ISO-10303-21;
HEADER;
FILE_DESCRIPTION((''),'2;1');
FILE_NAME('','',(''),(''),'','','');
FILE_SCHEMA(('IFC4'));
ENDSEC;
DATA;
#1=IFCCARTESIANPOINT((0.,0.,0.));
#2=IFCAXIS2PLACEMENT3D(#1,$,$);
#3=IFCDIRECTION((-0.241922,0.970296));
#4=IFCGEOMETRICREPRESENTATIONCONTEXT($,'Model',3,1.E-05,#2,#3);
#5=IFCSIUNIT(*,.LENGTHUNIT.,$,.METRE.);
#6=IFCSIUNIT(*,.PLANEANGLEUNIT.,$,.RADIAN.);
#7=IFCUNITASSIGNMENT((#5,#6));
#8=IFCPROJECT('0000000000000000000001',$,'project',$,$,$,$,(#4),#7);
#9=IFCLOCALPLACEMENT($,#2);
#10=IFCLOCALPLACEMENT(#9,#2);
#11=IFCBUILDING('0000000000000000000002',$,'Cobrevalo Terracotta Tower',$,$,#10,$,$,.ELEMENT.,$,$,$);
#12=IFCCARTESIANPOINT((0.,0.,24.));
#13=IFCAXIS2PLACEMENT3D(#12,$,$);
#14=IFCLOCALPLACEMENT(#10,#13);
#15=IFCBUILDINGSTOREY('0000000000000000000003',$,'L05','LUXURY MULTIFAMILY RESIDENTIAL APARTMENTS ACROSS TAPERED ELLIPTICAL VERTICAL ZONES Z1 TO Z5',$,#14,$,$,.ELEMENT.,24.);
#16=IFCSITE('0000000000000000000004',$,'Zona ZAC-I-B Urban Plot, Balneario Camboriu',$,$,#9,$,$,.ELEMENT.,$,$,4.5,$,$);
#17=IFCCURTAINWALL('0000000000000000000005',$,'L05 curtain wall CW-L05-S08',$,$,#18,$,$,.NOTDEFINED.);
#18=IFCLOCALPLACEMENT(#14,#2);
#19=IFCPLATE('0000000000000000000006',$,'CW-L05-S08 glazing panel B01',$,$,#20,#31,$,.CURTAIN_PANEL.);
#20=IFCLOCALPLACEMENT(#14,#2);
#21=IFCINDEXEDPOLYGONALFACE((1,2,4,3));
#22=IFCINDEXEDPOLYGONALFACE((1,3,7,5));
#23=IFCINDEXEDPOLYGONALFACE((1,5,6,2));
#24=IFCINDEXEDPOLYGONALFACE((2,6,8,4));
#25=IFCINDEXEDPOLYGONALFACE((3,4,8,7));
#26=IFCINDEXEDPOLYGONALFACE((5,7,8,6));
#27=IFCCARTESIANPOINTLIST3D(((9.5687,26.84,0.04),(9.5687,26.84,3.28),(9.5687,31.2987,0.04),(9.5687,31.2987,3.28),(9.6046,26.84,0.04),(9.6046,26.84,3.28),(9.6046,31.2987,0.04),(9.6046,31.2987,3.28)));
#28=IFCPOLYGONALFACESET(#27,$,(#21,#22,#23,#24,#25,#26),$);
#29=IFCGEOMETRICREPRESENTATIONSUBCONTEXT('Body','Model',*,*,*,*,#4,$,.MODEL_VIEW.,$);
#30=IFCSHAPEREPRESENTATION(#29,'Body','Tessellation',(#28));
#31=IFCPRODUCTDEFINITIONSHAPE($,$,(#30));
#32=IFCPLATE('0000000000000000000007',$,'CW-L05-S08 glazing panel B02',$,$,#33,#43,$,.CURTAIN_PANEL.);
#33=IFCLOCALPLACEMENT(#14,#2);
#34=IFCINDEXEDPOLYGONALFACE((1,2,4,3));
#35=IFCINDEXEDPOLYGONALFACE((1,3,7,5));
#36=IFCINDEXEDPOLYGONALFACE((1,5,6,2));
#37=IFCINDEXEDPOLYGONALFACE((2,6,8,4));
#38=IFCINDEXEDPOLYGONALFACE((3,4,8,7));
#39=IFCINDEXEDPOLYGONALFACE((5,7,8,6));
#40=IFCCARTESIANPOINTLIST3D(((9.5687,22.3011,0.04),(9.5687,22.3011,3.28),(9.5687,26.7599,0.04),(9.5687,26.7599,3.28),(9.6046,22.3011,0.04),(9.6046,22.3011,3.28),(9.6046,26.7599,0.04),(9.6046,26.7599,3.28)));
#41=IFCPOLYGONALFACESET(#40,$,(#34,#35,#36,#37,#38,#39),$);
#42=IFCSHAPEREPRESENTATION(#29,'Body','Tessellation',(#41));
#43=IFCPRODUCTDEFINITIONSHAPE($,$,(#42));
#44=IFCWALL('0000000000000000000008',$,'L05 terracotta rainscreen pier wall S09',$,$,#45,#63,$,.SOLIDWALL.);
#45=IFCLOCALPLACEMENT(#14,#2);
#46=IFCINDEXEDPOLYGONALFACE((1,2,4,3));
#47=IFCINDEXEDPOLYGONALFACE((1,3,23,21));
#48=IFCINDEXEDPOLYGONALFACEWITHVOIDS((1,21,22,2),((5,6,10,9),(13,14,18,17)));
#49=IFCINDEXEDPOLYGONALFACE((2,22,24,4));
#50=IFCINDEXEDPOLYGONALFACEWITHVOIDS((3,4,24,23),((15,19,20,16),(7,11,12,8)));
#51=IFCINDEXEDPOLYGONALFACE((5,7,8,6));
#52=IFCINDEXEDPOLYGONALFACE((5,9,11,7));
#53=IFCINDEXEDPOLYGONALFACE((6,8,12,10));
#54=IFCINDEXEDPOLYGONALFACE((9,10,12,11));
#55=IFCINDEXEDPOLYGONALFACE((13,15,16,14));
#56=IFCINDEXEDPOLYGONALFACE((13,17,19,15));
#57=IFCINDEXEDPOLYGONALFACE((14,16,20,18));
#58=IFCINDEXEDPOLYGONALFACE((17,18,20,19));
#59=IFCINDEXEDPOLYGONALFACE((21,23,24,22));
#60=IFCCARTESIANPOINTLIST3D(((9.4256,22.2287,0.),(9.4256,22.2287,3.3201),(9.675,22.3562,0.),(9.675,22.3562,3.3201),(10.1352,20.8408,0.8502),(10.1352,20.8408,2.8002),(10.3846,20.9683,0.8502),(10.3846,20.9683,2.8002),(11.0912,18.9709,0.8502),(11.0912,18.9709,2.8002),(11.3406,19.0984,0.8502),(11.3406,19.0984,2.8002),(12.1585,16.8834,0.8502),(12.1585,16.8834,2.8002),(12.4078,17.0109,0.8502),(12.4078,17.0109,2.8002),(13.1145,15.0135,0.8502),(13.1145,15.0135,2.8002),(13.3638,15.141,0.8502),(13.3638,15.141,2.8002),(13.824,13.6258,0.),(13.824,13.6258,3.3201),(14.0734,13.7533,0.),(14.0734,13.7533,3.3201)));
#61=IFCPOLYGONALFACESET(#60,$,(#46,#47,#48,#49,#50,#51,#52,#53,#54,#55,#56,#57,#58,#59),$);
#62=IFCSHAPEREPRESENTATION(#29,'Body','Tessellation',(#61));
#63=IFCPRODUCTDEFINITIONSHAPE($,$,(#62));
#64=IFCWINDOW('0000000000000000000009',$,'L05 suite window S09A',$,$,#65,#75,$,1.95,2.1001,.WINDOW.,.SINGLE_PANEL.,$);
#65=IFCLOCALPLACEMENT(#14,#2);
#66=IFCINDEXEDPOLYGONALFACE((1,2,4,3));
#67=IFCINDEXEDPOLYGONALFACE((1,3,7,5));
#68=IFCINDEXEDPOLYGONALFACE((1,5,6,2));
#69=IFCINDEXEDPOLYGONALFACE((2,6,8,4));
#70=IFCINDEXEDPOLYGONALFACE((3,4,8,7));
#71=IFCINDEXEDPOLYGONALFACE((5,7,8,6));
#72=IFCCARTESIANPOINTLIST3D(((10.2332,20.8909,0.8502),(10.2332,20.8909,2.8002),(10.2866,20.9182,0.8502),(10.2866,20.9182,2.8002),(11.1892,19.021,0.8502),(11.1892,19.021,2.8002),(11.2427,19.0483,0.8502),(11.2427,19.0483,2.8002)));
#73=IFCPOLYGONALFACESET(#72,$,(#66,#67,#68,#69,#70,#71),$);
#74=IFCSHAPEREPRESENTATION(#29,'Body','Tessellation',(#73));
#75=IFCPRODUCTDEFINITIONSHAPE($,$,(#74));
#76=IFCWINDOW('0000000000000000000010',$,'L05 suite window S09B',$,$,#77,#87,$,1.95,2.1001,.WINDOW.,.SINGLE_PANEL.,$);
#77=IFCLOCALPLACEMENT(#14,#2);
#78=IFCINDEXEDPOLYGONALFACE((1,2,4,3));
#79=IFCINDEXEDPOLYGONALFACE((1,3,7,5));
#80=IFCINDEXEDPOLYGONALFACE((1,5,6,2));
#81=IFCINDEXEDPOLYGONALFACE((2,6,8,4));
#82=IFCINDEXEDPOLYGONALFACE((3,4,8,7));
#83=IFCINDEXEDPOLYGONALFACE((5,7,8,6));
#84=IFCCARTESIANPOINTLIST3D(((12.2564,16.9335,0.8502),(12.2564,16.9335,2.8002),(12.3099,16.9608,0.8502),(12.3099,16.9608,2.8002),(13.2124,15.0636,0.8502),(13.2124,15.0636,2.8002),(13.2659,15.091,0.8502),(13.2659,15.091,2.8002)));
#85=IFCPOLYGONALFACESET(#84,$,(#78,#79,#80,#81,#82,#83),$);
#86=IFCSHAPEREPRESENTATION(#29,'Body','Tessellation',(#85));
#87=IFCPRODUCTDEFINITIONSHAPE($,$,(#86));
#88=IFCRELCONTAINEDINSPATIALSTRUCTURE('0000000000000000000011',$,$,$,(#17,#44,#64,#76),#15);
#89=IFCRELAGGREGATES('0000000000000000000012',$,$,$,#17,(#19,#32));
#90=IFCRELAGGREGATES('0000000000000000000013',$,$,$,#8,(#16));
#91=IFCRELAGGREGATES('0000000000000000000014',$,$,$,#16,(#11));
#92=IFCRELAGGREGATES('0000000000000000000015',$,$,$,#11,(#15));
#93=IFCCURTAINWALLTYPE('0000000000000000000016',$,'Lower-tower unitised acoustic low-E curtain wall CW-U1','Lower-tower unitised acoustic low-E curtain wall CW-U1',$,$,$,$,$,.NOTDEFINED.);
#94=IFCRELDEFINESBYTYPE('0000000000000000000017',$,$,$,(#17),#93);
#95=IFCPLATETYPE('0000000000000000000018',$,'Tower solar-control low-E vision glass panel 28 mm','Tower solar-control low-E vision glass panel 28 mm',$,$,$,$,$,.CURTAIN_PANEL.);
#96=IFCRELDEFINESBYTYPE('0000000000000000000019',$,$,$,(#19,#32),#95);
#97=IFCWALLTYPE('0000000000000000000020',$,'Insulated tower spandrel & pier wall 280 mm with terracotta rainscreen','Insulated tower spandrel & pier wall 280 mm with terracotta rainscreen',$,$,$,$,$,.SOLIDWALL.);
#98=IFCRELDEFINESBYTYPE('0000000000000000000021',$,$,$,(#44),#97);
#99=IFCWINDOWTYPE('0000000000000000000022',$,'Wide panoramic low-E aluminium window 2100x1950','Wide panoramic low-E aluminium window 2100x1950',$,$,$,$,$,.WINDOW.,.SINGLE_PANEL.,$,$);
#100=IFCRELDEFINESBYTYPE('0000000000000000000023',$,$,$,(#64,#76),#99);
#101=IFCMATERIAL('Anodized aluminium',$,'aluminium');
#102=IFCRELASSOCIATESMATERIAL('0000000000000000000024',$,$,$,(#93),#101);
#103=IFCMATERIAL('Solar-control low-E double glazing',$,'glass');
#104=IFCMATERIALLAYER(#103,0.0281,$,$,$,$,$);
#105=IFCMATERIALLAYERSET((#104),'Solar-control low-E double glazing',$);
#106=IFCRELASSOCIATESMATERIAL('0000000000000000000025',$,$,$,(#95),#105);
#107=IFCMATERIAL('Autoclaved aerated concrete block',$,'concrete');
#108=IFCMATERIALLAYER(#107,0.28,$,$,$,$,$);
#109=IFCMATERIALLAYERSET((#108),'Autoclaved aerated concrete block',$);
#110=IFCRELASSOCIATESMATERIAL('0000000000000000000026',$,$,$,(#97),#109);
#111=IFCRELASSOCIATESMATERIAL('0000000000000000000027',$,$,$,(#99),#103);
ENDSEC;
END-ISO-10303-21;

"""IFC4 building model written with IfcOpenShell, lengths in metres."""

from ifc_helpers import new_model, si_unit, direction, frame, frame_2d, origin, origin_2d, place, context, subcontext, project, spatial, rectangle, extrude, source, transform, mapped, material, layer, layer_set, type_object, element, fill, aggregate, save


model = new_model("IFC4")

# Units and contexts
model_context = context("Model", 3, precision=1e-05, world=origin(), true_north=direction((-0.241922, 0.970296)))
body_context = subcontext(model_context, "Body", "Model", "MODEL_VIEW")
ifc_project = project(units=[si_unit("LENGTHUNIT", "METRE"), si_unit("PLANEANGLEUNIT", "RADIAN")], contexts=[model_context])

# Site, building, storey
site_placement = place(None, origin())
site = spatial("IfcSite", under=ifc_project, at=site_placement, Name="Zona ZAC-I-B Urban Plot, Balneario Camboriu", CompositionType="ELEMENT", RefElevation=4.5)
building_placement = place(site_placement, origin())
building = spatial("IfcBuilding", under=site, at=building_placement, Name="Cobrevalo Terracotta Tower", CompositionType="ELEMENT")
storey_placement = place(building_placement, frame((0.0, 0.0, 24.0)))
storey = spatial("IfcBuildingStorey", under=building, at=storey_placement, Name="L05", Description="LUXURY MULTIFAMILY RESIDENTIAL APARTMENTS ACROSS TAPERED ELLIPTICAL VERTICAL ZONES Z1 TO Z5", CompositionType="ELEMENT", Elevation=24.0)

# Curtain wall, plates
ifc_material_1 = material(Name="Anodized aluminium", Category="aluminium")
curtain_wall_type = type_object("IfcCurtainWallType", Name="Lower-tower unitised acoustic low-E curtain wall CW-U1", Description="Lower-tower unitised acoustic low-E curtain wall CW-U1", PredefinedType="NOTDEFINED", material=ifc_material_1)
curtain_wall_placement = place(storey_placement, origin())
curtain_wall = element("IfcCurtainWall", 1, at=curtain_wall_placement, inside=storey, type_object=curtain_wall_type, Name="L05 curtain wall CW-L05-S08", PredefinedType="NOTDEFINED")
ifc_material_2 = material(Name="Solar-control low-E double glazing", Category="glass")
ifc_layer_1 = layer(ifc_material_2, 0.0281)
ifc_layer_set_1 = layer_set([ifc_layer_1], Name="Solar-control low-E double glazing")
plate_type = type_object("IfcPlateType", Name="Tower solar-control low-E vision glass panel 28 mm", Description="Tower solar-control low-E vision glass panel 28 mm", PredefinedType="CURTAIN_PANEL", material=ifc_layer_set_1)
shared_shape_1 = source(origin(), body_context, "Body", "SweptSolid", [
    extrude(rectangle(XDim=4.4587, YDim=0.0359, at=origin_2d()), origin(), (0.0, 0.0, 1.0), 3.24),
])
plate_1_placement = place(storey_placement, frame((9.5867, 29.0693, 0.04), z_axis=(0.0, 0.0, 1.0), x_axis=(0.0, -1.0, 0.0)))
plate_1 = element("IfcPlate", 2, at=plate_1_placement, type_object=plate_type, Name="CW-L05-S08 glazing panel B01", PredefinedType="CURTAIN_PANEL", context=body_context, shape_type="MappedRepresentation", body=[
    mapped(shared_shape_1, transform((0.0, 0.0, 0.0), scale=1.0)),
])
plate_2_placement = place(storey_placement, frame((9.5867, 24.5305, 0.04), z_axis=(0.0, 0.0, 1.0), x_axis=(0.0, -1.0, 0.0)))
plate_2 = element("IfcPlate", 3, at=plate_2_placement, type_object=plate_type, Name="CW-L05-S08 glazing panel B02", PredefinedType="CURTAIN_PANEL", context=body_context, shape_type="MappedRepresentation", body=[
    mapped(shared_shape_1, transform((0.0, 0.0, 0.0), scale=1.0)),
])
aggregate(curtain_wall, [plate_1, plate_2])

# Wall, openings, windows
ifc_material_3 = material(Name="Autoclaved aerated concrete block", Category="concrete")
ifc_layer_2 = layer(ifc_material_3, 0.28)
ifc_layer_set_2 = layer_set([ifc_layer_2], Name="Autoclaved aerated concrete block")
wall_type = type_object("IfcWallType", Name="Insulated tower spandrel & pier wall 280 mm with terracotta rainscreen", Description="Insulated tower spandrel & pier wall 280 mm with terracotta rainscreen", PredefinedType="SOLIDWALL", material=ifc_layer_set_2)
wall_placement = place(storey_placement, frame((9.5503, 22.2925, 0.0), z_axis=(0.0, 0.0, 1.0), x_axis=(0.455221, -0.890379, 0.0)))
wall = element("IfcWall", 4, at=wall_placement, inside=storey, type_object=wall_type, Name="L05 terracotta rainscreen pier wall S09", PredefinedType="SOLIDWALL", context=body_context, shape_type="SweptSolid", body=[
    extrude(rectangle(XDim=9.6621, YDim=0.28, at=frame_2d((4.8311, 0.0))), origin(), (0.0, 0.0, 1.0), 3.3201),
])
opening_1_placement = place(wall_placement, frame((1.5588, 0.0, 0.8501)))
opening_1 = element("IfcOpeningElement", 5, at=opening_1_placement, cuts=wall, PredefinedType="OPENING", context=body_context, shape_type="SweptSolid", body=[
    extrude(rectangle(XDim=2.1001, YDim=1.95, at=frame_2d((1.05, 0.9751))), frame((0.0, 0.1499, 0.0), z_axis=(0.0, -1.0, 0.0), x_axis=(1.0, 0.0, 0.0)), (0.0, 0.0, 1.0), 0.3),
])
opening_2_placement = place(wall_placement, frame((6.0034, 0.0, 0.8501)))
opening_2 = element("IfcOpeningElement", 6, at=opening_2_placement, cuts=wall, PredefinedType="OPENING", context=body_context, shape_type="SweptSolid", body=[
    extrude(rectangle(XDim=2.1001, YDim=1.95, at=frame_2d((1.05, 0.9751))), frame((0.0, 0.1499, 0.0), z_axis=(0.0, -1.0, 0.0), x_axis=(1.0, 0.0, 0.0)), (0.0, 0.0, 1.0), 0.3),
])
window_type = type_object("IfcWindowType", Name="Wide panoramic low-E aluminium window 2100x1950", Description="Wide panoramic low-E aluminium window 2100x1950", PartitioningType="SINGLE_PANEL", PredefinedType="WINDOW", material=ifc_material_2)
shared_shape_2 = source(origin(), body_context, "Body", "SweptSolid", [
    extrude(rectangle(XDim=2.1001, YDim=1.95, at=frame_2d((1.05, 0.9751))), frame((0.0, 0.03, 0.0), z_axis=(0.0, -1.0, 0.0), x_axis=(1.0, 0.0, 0.0)), (0.0, 0.0, 1.0), 0.0601),
])
window_1_placement = place(opening_1_placement, origin())
window_1 = element("IfcWindow", 7, at=window_1_placement, inside=storey, type_object=window_type, Name="L05 suite window S09A", OverallHeight=1.95, OverallWidth=2.1001, PartitioningType="SINGLE_PANEL", PredefinedType="WINDOW", context=body_context, shape_type="MappedRepresentation", body=[
    mapped(shared_shape_2, transform((0.0, 0.0, 0.0), scale=1.0)),
])
fill(opening_1, window_1)
window_2_placement = place(opening_2_placement, origin())
window_2 = element("IfcWindow", 8, at=window_2_placement, inside=storey, type_object=window_type, Name="L05 suite window S09B", OverallHeight=1.95, OverallWidth=2.1001, PartitioningType="SINGLE_PANEL", PredefinedType="WINDOW", context=body_context, shape_type="MappedRepresentation", body=[
    mapped(shared_shape_2, transform((0.0, 0.0, 0.0), scale=1.0)),
])
fill(opening_2, window_2)

save(model, "model.ifc")
